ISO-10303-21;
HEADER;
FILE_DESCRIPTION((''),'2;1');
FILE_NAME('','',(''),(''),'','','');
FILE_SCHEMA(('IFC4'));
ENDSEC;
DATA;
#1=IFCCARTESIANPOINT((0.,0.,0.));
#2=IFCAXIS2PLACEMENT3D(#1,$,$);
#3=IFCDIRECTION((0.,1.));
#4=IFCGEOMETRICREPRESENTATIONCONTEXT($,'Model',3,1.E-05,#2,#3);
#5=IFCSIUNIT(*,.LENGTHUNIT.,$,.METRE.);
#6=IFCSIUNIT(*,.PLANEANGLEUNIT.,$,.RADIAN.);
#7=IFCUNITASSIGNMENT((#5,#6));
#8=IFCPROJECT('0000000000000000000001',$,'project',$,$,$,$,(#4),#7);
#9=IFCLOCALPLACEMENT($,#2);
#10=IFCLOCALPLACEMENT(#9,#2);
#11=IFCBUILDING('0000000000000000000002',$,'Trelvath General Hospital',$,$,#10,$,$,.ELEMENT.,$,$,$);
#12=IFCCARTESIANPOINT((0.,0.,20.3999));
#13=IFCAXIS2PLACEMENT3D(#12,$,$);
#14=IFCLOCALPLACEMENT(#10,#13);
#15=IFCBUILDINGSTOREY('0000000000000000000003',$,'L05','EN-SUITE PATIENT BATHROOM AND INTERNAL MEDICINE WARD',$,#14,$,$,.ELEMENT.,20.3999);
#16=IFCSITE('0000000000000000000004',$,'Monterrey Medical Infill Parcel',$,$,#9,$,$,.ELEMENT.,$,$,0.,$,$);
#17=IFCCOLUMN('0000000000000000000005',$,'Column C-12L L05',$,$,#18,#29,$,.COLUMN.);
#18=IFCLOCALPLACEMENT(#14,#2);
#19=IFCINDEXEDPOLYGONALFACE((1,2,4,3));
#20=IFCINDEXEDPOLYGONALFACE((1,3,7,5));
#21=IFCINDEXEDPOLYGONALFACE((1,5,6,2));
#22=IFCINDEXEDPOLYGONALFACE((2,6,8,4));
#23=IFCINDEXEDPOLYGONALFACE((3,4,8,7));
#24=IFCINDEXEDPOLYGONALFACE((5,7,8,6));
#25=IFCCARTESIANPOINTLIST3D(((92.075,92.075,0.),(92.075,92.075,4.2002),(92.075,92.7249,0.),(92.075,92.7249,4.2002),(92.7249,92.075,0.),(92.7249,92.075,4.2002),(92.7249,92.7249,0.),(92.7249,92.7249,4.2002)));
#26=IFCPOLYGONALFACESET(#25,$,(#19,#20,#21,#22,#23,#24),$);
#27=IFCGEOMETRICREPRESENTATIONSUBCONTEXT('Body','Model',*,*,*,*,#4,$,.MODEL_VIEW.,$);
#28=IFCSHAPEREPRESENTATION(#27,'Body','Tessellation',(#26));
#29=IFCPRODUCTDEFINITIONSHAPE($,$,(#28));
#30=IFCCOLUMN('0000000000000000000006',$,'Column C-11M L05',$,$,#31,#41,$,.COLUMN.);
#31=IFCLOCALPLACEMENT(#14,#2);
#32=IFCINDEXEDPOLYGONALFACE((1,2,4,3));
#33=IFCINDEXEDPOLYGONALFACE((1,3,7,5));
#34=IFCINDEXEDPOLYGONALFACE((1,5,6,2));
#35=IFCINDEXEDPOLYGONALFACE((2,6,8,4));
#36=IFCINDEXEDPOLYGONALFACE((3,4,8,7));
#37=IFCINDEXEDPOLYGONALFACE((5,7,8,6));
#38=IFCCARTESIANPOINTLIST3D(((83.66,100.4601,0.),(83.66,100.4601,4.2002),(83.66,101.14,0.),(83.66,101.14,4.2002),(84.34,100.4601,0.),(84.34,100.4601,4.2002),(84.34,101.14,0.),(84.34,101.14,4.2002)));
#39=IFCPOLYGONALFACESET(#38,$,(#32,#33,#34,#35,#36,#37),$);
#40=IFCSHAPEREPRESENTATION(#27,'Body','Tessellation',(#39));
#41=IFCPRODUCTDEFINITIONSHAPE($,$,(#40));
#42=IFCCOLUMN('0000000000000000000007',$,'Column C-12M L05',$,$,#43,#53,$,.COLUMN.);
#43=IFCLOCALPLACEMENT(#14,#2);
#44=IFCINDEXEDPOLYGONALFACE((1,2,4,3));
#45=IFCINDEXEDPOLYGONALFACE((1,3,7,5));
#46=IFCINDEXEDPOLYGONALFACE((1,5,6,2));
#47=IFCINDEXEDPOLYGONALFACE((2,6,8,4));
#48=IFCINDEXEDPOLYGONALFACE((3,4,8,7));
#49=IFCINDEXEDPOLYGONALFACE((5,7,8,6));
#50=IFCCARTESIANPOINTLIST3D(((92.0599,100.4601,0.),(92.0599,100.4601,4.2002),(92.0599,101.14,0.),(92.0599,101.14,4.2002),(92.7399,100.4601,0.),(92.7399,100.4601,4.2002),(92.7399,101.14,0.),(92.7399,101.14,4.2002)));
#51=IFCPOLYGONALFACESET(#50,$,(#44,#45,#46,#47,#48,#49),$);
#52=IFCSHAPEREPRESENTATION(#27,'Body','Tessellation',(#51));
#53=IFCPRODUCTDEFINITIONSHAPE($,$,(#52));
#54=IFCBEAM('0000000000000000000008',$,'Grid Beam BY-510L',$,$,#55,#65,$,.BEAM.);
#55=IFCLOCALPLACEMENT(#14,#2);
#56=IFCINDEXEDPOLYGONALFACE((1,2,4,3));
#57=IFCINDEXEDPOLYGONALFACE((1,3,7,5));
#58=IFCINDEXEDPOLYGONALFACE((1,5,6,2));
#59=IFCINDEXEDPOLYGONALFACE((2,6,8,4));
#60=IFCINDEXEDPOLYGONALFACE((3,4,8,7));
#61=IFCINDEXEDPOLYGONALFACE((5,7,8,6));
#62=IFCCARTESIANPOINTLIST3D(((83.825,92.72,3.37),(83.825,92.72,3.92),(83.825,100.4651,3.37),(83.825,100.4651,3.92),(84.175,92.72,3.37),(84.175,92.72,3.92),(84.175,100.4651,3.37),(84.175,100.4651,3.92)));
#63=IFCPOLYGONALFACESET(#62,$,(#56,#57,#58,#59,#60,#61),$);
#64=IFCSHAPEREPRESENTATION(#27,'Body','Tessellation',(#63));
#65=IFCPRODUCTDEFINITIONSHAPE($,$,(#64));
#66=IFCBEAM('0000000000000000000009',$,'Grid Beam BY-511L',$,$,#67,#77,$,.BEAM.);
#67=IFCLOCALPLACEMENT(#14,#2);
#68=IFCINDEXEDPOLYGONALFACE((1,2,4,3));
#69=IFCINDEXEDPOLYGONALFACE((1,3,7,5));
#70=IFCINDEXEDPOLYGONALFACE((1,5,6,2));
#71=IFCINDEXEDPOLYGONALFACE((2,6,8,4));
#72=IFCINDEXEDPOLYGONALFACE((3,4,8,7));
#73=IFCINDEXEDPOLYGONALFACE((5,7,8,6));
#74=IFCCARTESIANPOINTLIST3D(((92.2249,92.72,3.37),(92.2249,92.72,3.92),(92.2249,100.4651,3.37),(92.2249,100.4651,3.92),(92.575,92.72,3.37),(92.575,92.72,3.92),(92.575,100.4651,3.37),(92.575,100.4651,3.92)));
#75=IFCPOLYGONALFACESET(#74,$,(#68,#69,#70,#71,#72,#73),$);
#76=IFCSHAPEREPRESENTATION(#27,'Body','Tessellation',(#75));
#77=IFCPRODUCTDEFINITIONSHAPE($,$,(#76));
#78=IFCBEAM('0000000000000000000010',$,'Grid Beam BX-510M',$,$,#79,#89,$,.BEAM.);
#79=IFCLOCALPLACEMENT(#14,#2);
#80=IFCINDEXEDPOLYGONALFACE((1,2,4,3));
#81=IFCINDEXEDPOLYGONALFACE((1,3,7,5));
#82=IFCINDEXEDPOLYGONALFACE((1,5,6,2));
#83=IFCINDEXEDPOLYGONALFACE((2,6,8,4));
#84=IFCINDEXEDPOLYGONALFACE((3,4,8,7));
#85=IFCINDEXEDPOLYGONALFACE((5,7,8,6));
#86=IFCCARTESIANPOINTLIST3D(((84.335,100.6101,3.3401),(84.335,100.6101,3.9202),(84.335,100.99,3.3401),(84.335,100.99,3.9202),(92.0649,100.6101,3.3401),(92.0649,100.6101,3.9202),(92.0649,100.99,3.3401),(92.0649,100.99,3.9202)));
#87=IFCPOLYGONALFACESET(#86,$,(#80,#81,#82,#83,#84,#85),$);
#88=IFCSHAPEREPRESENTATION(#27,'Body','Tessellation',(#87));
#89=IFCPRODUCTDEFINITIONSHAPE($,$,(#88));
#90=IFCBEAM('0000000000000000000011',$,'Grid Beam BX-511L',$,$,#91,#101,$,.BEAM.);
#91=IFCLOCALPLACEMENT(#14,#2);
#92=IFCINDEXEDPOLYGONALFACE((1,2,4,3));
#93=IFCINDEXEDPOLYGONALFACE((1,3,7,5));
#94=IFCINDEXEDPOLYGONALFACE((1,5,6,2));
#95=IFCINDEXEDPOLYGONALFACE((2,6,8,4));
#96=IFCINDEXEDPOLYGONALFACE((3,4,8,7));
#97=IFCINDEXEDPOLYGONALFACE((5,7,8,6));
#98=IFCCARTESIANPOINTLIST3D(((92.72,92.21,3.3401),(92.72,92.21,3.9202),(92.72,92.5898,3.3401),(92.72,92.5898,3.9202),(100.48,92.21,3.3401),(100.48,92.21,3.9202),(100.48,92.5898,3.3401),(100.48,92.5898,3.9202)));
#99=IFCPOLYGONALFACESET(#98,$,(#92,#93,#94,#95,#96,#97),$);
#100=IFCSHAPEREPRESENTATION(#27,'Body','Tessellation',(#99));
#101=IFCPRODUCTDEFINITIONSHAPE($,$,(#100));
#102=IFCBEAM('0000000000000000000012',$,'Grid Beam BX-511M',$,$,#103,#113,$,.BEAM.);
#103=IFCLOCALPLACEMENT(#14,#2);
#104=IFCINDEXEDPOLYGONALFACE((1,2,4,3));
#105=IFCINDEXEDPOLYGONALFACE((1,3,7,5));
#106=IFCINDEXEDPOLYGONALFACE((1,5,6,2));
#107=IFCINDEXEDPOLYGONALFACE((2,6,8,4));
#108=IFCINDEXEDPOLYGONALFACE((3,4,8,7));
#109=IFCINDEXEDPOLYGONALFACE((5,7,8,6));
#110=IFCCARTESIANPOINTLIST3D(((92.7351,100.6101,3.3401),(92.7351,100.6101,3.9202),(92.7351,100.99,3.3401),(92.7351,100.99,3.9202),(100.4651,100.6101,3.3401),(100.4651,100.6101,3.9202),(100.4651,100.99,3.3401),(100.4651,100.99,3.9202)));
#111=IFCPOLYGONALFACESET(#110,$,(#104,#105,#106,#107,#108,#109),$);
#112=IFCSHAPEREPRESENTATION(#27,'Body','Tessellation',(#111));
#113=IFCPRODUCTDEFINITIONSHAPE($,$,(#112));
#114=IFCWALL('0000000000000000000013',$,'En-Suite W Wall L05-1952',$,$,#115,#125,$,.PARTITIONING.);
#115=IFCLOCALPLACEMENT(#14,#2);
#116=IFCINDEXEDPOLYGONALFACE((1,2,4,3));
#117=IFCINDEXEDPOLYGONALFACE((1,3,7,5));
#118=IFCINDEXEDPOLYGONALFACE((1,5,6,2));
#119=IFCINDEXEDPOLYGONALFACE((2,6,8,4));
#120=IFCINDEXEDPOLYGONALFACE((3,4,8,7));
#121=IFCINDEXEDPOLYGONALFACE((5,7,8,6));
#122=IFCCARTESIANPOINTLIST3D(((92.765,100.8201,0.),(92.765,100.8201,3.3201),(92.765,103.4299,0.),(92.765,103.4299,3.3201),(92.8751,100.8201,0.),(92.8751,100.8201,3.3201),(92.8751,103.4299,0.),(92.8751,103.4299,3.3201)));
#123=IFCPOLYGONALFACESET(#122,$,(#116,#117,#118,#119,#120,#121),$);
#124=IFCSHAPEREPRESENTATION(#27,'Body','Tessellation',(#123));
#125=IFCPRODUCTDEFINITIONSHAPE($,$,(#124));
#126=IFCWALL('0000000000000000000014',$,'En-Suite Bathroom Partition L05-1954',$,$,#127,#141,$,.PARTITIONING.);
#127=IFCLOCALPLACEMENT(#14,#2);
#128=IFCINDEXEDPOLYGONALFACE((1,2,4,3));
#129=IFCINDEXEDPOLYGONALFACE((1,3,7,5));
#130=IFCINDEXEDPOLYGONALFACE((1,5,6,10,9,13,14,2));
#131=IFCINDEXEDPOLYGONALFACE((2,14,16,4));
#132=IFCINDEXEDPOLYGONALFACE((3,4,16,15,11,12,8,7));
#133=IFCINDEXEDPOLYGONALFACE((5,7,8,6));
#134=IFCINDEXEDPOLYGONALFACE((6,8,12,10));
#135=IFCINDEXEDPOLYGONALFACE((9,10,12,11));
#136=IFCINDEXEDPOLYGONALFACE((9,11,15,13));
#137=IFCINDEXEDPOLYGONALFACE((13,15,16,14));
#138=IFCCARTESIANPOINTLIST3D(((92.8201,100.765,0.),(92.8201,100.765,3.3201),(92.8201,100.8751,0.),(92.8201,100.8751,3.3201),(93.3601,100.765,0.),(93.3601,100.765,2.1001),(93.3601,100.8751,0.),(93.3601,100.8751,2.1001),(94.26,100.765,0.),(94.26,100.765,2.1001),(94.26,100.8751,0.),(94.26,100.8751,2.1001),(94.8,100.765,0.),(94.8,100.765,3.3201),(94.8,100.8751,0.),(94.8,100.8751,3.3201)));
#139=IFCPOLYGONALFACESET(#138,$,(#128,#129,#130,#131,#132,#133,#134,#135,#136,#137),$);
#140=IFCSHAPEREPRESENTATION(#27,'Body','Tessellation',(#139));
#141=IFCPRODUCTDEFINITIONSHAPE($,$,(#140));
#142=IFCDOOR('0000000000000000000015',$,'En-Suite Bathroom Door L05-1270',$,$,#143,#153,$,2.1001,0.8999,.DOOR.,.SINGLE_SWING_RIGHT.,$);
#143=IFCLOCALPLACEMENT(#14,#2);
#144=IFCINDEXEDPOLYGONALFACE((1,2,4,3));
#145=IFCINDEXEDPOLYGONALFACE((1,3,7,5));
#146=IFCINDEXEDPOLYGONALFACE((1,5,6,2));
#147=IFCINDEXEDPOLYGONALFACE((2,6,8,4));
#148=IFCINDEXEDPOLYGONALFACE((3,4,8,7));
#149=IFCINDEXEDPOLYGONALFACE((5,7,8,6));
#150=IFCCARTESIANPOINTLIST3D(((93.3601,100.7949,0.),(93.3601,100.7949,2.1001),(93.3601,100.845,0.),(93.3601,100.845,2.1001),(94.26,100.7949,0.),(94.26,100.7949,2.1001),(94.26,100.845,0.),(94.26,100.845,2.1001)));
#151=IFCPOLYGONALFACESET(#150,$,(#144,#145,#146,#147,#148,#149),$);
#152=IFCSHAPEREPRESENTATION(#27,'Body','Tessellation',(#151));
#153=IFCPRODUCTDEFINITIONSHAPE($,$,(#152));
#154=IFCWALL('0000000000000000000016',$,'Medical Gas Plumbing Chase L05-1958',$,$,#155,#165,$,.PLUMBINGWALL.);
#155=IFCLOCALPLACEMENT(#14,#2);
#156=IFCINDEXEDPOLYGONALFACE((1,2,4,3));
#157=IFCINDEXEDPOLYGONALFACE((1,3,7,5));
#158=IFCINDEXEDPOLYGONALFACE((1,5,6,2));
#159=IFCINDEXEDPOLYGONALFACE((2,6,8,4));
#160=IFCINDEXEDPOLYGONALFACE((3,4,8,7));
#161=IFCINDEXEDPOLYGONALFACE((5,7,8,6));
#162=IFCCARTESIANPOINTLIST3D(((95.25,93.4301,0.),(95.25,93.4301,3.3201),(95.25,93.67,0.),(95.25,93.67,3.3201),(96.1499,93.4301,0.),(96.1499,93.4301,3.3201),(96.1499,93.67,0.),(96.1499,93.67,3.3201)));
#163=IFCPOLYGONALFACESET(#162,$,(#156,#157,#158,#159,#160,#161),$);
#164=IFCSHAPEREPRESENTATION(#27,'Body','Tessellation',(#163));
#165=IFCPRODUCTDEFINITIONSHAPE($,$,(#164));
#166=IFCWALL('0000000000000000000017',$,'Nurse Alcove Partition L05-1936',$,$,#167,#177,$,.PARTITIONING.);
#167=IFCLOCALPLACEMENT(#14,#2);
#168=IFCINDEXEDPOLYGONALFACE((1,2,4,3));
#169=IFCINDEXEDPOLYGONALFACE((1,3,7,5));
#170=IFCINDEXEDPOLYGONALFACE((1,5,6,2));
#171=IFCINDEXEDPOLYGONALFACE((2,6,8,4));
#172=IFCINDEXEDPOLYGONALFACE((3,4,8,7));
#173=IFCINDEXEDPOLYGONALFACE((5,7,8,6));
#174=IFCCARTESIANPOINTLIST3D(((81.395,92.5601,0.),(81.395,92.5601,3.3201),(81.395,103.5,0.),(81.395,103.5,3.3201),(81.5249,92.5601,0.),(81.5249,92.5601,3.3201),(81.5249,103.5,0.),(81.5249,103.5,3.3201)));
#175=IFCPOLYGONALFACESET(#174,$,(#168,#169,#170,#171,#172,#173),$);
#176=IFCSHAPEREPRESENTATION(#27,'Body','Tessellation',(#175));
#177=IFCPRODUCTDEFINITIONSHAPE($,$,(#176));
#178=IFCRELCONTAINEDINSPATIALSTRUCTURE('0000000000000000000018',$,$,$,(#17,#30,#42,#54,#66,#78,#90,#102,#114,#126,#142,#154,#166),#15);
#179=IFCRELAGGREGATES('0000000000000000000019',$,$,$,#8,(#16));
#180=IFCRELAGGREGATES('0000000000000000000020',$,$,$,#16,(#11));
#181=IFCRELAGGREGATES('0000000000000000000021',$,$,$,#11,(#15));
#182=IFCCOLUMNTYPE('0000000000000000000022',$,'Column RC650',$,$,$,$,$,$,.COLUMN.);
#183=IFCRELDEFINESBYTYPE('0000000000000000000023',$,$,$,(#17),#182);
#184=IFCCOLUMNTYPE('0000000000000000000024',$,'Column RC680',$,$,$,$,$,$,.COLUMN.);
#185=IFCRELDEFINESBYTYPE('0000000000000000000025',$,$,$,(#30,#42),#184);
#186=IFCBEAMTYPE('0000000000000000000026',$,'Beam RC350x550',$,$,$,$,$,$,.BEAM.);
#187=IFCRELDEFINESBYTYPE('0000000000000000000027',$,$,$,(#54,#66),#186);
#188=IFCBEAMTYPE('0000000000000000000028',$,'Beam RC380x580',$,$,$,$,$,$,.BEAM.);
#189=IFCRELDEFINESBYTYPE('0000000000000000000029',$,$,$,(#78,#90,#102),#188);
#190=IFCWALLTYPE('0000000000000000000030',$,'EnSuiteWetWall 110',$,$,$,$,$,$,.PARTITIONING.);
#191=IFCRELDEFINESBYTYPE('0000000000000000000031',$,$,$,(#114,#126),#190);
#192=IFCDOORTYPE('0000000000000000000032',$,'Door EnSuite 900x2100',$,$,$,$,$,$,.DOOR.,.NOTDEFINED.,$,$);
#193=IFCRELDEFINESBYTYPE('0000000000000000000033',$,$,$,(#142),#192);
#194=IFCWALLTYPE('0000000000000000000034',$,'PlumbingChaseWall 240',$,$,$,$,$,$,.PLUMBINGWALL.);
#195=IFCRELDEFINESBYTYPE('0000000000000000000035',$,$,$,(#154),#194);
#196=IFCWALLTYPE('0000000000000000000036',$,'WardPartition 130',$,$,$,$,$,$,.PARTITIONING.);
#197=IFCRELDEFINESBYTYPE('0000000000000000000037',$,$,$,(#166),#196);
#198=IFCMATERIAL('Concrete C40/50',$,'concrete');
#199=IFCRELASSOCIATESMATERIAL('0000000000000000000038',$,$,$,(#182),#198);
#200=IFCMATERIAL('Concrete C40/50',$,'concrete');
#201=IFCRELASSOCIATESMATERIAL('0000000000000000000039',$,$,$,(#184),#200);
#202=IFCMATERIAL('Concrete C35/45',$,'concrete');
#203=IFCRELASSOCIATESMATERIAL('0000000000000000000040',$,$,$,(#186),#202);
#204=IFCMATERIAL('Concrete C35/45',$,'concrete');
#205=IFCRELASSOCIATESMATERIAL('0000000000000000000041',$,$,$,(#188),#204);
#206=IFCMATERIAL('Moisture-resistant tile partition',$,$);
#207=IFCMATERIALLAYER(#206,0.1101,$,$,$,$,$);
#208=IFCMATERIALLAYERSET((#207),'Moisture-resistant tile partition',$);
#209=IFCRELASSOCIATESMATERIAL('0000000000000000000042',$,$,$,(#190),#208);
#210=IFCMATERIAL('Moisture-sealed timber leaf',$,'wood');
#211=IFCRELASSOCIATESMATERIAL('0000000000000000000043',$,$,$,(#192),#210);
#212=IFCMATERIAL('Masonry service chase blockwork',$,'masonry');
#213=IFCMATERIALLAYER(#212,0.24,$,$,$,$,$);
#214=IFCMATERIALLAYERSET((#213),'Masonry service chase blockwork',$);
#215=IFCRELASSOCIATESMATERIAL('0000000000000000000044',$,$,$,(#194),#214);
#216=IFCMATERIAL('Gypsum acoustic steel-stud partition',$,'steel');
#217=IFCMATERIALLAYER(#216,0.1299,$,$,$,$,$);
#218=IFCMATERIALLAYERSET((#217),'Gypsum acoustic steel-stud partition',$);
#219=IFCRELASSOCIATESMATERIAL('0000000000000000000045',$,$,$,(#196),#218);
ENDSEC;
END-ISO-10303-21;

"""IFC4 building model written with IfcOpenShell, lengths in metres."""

from ifc_helpers import new_model, si_unit, direction, frame, frame_2d, origin, origin_2d, place, context, subcontext, project, spatial, rectangle, extrude, material, layer, layer_set, material_profile, profile_set, type_object, element, fill, save


model = new_model("IFC4")

# Units and contexts
model_context = context("Model", 3, precision=1e-05, world=origin(), true_north=direction((0.0, 1.0)))
body_context = subcontext(model_context, "Body", "Model", "MODEL_VIEW")
ifc_project = project(units=[si_unit("LENGTHUNIT", "METRE"), si_unit("PLANEANGLEUNIT", "RADIAN")], contexts=[model_context])

# Site, building, storey
site_placement = place(None, origin())
site = spatial("IfcSite", under=ifc_project, at=site_placement, Name="Monterrey Medical Infill Parcel", CompositionType="ELEMENT", RefElevation=0.0)
building_placement = place(site_placement, origin())
building = spatial("IfcBuilding", under=site, at=building_placement, Name="Trelvath General Hospital", CompositionType="ELEMENT")
storey_placement = place(building_placement, frame((0.0, 0.0, 20.3999)))
storey = spatial("IfcBuildingStorey", under=building, at=storey_placement, Name="L05", Description="EN-SUITE PATIENT BATHROOM AND INTERNAL MEDICINE WARD", CompositionType="ELEMENT", Elevation=20.3999)

# Columns
ifc_material_1 = material(Name="Concrete C40/50", Category="concrete")
ifc_material_profile_1 = material_profile(ifc_material_1, rectangle(XDim=0.6499, YDim=0.6499, at=origin_2d()), Name="RC650x650")
ifc_profile_set_1 = profile_set([ifc_material_profile_1], Name="Concrete C40/50")
column_type_1 = type_object("IfcColumnType", Name="Column RC650", PredefinedType="COLUMN", material=ifc_profile_set_1)
column_placement = place(storey_placement, frame((92.3999, 92.3999, 0.0), z_axis=(0.0, 0.0, 1.0), x_axis=(1.0, 0.0, 0.0)))
element("IfcColumn", 1, at=column_placement, inside=storey, type_object=column_type_1, Name="Column C-12L L05", PredefinedType="COLUMN", context=body_context, shape_type="SweptSolid", body=[
    extrude(rectangle(XDim=0.6499, YDim=0.6499, at=origin_2d()), origin(), (0.0, 0.0, 1.0), 4.2002),
])
ifc_material_2 = material(Name="Concrete C40/50", Category="concrete")
ifc_material_profile_2 = material_profile(ifc_material_2, rectangle(XDim=0.6799, YDim=0.6799, at=origin_2d()), Name="RC680x680")
ifc_profile_set_2 = profile_set([ifc_material_profile_2], Name="Concrete C40/50")
column_type_2 = type_object("IfcColumnType", Name="Column RC680", PredefinedType="COLUMN", material=ifc_profile_set_2)
for number, where, z_axis, x_axis, name in (
    (2, (84.0, 100.8, 0.0), (0.0, 0.0, 1.0), (1.0, 0.0, 0.0), "Column C-11M L05"),
    (3, (92.3999, 100.8, 0.0), (0.0, 0.0, 1.0), (1.0, 0.0, 0.0), "Column C-12M L05"),
):
    element("IfcColumn", number, at=place(storey_placement, frame(where, z_axis=z_axis, x_axis=x_axis)), inside=storey, type_object=column_type_2, Name=name, PredefinedType="COLUMN", context=body_context, shape_type="SweptSolid", body=[
        extrude(rectangle(XDim=0.6799, YDim=0.6799, at=origin_2d()), origin(), (0.0, 0.0, 1.0), 4.2002),
    ])

# Beams
ifc_material_3 = material(Name="Concrete C35/45", Category="concrete")
ifc_material_profile_3 = material_profile(ifc_material_3, rectangle(XDim=0.3501, YDim=0.55, at=origin_2d()), Name="RCB350x550")
ifc_profile_set_3 = profile_set([ifc_material_profile_3], Name="Concrete C35/45")
beam_type_1 = type_object("IfcBeamType", Name="Beam RC350x550", PredefinedType="BEAM", material=ifc_profile_set_3)
for number, where, z_axis, x_axis, name in (
    (4, (84.0, 92.72, 3.645), (0.0, 1.0, 0.0), (-1.0, 0.0, 0.0), "Grid Beam BY-510L"),
    (5, (92.3999, 92.72, 3.645), (0.0, 1.0, 0.0), (-1.0, 0.0, 0.0), "Grid Beam BY-511L"),
):
    element("IfcBeam", number, at=place(storey_placement, frame(where, z_axis=z_axis, x_axis=x_axis)), inside=storey, type_object=beam_type_1, Name=name, PredefinedType="BEAM", context=body_context, shape_type="SweptSolid", body=[
        extrude(rectangle(XDim=0.3501, YDim=0.55, at=origin_2d()), origin(), (0.0, 0.0, 1.0), 7.7451),
    ])
ifc_material_4 = material(Name="Concrete C35/45", Category="concrete")
ifc_material_profile_4 = material_profile(ifc_material_4, rectangle(XDim=0.3799, YDim=0.5801, at=origin_2d()), Name="RCB380x580")
ifc_profile_set_4 = profile_set([ifc_material_profile_4], Name="Concrete C35/45")
beam_type_2 = type_object("IfcBeamType", Name="Beam RC380x580", PredefinedType="BEAM", material=ifc_profile_set_4)
beam_1_placement = place(storey_placement, frame((84.335, 100.8, 3.6301), z_axis=(1.0, 0.0, 0.0), x_axis=(0.0, 1.0, 0.0)))
element("IfcBeam", 6, at=beam_1_placement, inside=storey, type_object=beam_type_2, Name="Grid Beam BX-510M", PredefinedType="BEAM", context=body_context, shape_type="SweptSolid", body=[
    extrude(rectangle(XDim=0.3799, YDim=0.5801, at=origin_2d()), origin(), (0.0, 0.0, 1.0), 7.73),
])
beam_2_placement = place(storey_placement, frame((92.72, 92.3999, 3.6301), z_axis=(1.0, 0.0, 0.0), x_axis=(0.0, 1.0, 0.0)))
element("IfcBeam", 7, at=beam_2_placement, inside=storey, type_object=beam_type_2, Name="Grid Beam BX-511L", PredefinedType="BEAM", context=body_context, shape_type="SweptSolid", body=[
    extrude(rectangle(XDim=0.3799, YDim=0.5801, at=origin_2d()), origin(), (0.0, 0.0, 1.0), 7.76),
])
beam_3_placement = place(storey_placement, frame((92.7351, 100.8, 3.6301), z_axis=(1.0, 0.0, 0.0), x_axis=(0.0, 1.0, 0.0)))
element("IfcBeam", 8, at=beam_3_placement, inside=storey, type_object=beam_type_2, Name="Grid Beam BX-511M", PredefinedType="BEAM", context=body_context, shape_type="SweptSolid", body=[
    extrude(rectangle(XDim=0.3799, YDim=0.5801, at=origin_2d()), origin(), (0.0, 0.0, 1.0), 7.73),
])

# Wall
ifc_material_5 = material(Name="Moisture-resistant tile partition")
ifc_layer_1 = layer(ifc_material_5, 0.1101)
ifc_layer_set_1 = layer_set([ifc_layer_1], Name="Moisture-resistant tile partition")
wall_type_1 = type_object("IfcWallType", Name="EnSuiteWetWall 110", PredefinedType="PARTITIONING", material=ifc_layer_set_1)
wall_1_placement = place(storey_placement, frame((92.8201, 100.8201, 0.0), z_axis=(0.0, 0.0, 1.0), x_axis=(0.0, 1.0, 0.0)))
element("IfcWall", 9, at=wall_1_placement, inside=storey, type_object=wall_type_1, Name="En-Suite W Wall L05-1952", PredefinedType="PARTITIONING", context=body_context, shape_type="SweptSolid", body=[
    extrude(rectangle(XDim=2.6099, YDim=0.1101, at=frame_2d((1.3049, 0.0))), origin(), (0.0, 0.0, 1.0), 3.3201),
])

# Wall, opening, door
wall_2_placement = place(storey_placement, frame((92.8201, 100.8201, 0.0), z_axis=(0.0, 0.0, 1.0), x_axis=(1.0, 0.0, 0.0)))
wall_2 = element("IfcWall", 10, at=wall_2_placement, inside=storey, type_object=wall_type_1, Name="En-Suite Bathroom Partition L05-1954", PredefinedType="PARTITIONING", context=body_context, shape_type="SweptSolid", body=[
    extrude(rectangle(XDim=1.98, YDim=0.1101, at=frame_2d((0.99, 0.0))), origin(), (0.0, 0.0, 1.0), 3.3201),
])
opening_1_placement = place(wall_2_placement, frame((0.54, 0.0, 0.0)))
opening_1 = element("IfcOpeningElement", 11, at=opening_1_placement, cuts=wall_2, PredefinedType="OPENING", context=body_context, shape_type="SweptSolid", body=[
    extrude(rectangle(XDim=0.8999, YDim=2.1001, at=frame_2d((0.45, 1.05))), frame((0.0, 0.0649, 0.0), z_axis=(0.0, -1.0, 0.0), x_axis=(1.0, 0.0, 0.0)), (0.0, 0.0, 1.0), 0.1301),
])
ifc_material_6 = material(Name="Moisture-sealed timber leaf", Category="wood")
door_type_1 = type_object("IfcDoorType", Name="Door EnSuite 900x2100", OperationType="NOTDEFINED", PredefinedType="DOOR", material=ifc_material_6)
door_1_placement = place(opening_1_placement, origin())
door_1 = element("IfcDoor", 12, at=door_1_placement, inside=storey, type_object=door_type_1, Name="En-Suite Bathroom Door L05-1270", OperationType="SINGLE_SWING_RIGHT", OverallHeight=2.1001, OverallWidth=0.8999, PredefinedType="DOOR", context=body_context, shape_type="SweptSolid", body=[
    extrude(rectangle(XDim=0.8999, YDim=2.1001, at=frame_2d((0.45, 1.05))), frame((0.0, 0.0249, 0.0), z_axis=(0.0, -1.0, 0.0), x_axis=(1.0, 0.0, 0.0)), (0.0, 0.0, 1.0), 0.05),
])
fill(opening_1, door_1)

# Walls
ifc_material_7 = material(Name="Masonry service chase blockwork", Category="masonry")
ifc_layer_2 = layer(ifc_material_7, 0.24)
ifc_layer_set_2 = layer_set([ifc_layer_2], Name="Masonry service chase blockwork")
wall_type_2 = type_object("IfcWallType", Name="PlumbingChaseWall 240", PredefinedType="PLUMBINGWALL", material=ifc_layer_set_2)
wall_3_placement = place(storey_placement, frame((95.25, 93.55, 0.0), z_axis=(0.0, 0.0, 1.0), x_axis=(1.0, 0.0, 0.0)))
element("IfcWall", 13, at=wall_3_placement, inside=storey, type_object=wall_type_2, Name="Medical Gas Plumbing Chase L05-1958", PredefinedType="PLUMBINGWALL", context=body_context, shape_type="SweptSolid", body=[
    extrude(rectangle(XDim=0.8999, YDim=0.24, at=frame_2d((0.45, 0.0))), origin(), (0.0, 0.0, 1.0), 3.3201),
])
ifc_material_8 = material(Name="Gypsum acoustic steel-stud partition", Category="steel")
ifc_layer_3 = layer(ifc_material_8, 0.1299)
ifc_layer_set_3 = layer_set([ifc_layer_3], Name="Gypsum acoustic steel-stud partition")
wall_type_3 = type_object("IfcWallType", Name="WardPartition 130", PredefinedType="PARTITIONING", material=ifc_layer_set_3)
wall_4_placement = place(storey_placement, frame((81.46, 92.5601, 0.0), z_axis=(0.0, 0.0, 1.0), x_axis=(0.0, 1.0, 0.0)))
element("IfcWall", 14, at=wall_4_placement, inside=storey, type_object=wall_type_3, Name="Nurse Alcove Partition L05-1936", PredefinedType="PARTITIONING", context=body_context, shape_type="SweptSolid", body=[
    extrude(rectangle(XDim=10.9399, YDim=0.1299, at=frame_2d((5.47, 0.0))), origin(), (0.0, 0.0, 1.0), 3.3201),
])

save(model, "model.ifc")
